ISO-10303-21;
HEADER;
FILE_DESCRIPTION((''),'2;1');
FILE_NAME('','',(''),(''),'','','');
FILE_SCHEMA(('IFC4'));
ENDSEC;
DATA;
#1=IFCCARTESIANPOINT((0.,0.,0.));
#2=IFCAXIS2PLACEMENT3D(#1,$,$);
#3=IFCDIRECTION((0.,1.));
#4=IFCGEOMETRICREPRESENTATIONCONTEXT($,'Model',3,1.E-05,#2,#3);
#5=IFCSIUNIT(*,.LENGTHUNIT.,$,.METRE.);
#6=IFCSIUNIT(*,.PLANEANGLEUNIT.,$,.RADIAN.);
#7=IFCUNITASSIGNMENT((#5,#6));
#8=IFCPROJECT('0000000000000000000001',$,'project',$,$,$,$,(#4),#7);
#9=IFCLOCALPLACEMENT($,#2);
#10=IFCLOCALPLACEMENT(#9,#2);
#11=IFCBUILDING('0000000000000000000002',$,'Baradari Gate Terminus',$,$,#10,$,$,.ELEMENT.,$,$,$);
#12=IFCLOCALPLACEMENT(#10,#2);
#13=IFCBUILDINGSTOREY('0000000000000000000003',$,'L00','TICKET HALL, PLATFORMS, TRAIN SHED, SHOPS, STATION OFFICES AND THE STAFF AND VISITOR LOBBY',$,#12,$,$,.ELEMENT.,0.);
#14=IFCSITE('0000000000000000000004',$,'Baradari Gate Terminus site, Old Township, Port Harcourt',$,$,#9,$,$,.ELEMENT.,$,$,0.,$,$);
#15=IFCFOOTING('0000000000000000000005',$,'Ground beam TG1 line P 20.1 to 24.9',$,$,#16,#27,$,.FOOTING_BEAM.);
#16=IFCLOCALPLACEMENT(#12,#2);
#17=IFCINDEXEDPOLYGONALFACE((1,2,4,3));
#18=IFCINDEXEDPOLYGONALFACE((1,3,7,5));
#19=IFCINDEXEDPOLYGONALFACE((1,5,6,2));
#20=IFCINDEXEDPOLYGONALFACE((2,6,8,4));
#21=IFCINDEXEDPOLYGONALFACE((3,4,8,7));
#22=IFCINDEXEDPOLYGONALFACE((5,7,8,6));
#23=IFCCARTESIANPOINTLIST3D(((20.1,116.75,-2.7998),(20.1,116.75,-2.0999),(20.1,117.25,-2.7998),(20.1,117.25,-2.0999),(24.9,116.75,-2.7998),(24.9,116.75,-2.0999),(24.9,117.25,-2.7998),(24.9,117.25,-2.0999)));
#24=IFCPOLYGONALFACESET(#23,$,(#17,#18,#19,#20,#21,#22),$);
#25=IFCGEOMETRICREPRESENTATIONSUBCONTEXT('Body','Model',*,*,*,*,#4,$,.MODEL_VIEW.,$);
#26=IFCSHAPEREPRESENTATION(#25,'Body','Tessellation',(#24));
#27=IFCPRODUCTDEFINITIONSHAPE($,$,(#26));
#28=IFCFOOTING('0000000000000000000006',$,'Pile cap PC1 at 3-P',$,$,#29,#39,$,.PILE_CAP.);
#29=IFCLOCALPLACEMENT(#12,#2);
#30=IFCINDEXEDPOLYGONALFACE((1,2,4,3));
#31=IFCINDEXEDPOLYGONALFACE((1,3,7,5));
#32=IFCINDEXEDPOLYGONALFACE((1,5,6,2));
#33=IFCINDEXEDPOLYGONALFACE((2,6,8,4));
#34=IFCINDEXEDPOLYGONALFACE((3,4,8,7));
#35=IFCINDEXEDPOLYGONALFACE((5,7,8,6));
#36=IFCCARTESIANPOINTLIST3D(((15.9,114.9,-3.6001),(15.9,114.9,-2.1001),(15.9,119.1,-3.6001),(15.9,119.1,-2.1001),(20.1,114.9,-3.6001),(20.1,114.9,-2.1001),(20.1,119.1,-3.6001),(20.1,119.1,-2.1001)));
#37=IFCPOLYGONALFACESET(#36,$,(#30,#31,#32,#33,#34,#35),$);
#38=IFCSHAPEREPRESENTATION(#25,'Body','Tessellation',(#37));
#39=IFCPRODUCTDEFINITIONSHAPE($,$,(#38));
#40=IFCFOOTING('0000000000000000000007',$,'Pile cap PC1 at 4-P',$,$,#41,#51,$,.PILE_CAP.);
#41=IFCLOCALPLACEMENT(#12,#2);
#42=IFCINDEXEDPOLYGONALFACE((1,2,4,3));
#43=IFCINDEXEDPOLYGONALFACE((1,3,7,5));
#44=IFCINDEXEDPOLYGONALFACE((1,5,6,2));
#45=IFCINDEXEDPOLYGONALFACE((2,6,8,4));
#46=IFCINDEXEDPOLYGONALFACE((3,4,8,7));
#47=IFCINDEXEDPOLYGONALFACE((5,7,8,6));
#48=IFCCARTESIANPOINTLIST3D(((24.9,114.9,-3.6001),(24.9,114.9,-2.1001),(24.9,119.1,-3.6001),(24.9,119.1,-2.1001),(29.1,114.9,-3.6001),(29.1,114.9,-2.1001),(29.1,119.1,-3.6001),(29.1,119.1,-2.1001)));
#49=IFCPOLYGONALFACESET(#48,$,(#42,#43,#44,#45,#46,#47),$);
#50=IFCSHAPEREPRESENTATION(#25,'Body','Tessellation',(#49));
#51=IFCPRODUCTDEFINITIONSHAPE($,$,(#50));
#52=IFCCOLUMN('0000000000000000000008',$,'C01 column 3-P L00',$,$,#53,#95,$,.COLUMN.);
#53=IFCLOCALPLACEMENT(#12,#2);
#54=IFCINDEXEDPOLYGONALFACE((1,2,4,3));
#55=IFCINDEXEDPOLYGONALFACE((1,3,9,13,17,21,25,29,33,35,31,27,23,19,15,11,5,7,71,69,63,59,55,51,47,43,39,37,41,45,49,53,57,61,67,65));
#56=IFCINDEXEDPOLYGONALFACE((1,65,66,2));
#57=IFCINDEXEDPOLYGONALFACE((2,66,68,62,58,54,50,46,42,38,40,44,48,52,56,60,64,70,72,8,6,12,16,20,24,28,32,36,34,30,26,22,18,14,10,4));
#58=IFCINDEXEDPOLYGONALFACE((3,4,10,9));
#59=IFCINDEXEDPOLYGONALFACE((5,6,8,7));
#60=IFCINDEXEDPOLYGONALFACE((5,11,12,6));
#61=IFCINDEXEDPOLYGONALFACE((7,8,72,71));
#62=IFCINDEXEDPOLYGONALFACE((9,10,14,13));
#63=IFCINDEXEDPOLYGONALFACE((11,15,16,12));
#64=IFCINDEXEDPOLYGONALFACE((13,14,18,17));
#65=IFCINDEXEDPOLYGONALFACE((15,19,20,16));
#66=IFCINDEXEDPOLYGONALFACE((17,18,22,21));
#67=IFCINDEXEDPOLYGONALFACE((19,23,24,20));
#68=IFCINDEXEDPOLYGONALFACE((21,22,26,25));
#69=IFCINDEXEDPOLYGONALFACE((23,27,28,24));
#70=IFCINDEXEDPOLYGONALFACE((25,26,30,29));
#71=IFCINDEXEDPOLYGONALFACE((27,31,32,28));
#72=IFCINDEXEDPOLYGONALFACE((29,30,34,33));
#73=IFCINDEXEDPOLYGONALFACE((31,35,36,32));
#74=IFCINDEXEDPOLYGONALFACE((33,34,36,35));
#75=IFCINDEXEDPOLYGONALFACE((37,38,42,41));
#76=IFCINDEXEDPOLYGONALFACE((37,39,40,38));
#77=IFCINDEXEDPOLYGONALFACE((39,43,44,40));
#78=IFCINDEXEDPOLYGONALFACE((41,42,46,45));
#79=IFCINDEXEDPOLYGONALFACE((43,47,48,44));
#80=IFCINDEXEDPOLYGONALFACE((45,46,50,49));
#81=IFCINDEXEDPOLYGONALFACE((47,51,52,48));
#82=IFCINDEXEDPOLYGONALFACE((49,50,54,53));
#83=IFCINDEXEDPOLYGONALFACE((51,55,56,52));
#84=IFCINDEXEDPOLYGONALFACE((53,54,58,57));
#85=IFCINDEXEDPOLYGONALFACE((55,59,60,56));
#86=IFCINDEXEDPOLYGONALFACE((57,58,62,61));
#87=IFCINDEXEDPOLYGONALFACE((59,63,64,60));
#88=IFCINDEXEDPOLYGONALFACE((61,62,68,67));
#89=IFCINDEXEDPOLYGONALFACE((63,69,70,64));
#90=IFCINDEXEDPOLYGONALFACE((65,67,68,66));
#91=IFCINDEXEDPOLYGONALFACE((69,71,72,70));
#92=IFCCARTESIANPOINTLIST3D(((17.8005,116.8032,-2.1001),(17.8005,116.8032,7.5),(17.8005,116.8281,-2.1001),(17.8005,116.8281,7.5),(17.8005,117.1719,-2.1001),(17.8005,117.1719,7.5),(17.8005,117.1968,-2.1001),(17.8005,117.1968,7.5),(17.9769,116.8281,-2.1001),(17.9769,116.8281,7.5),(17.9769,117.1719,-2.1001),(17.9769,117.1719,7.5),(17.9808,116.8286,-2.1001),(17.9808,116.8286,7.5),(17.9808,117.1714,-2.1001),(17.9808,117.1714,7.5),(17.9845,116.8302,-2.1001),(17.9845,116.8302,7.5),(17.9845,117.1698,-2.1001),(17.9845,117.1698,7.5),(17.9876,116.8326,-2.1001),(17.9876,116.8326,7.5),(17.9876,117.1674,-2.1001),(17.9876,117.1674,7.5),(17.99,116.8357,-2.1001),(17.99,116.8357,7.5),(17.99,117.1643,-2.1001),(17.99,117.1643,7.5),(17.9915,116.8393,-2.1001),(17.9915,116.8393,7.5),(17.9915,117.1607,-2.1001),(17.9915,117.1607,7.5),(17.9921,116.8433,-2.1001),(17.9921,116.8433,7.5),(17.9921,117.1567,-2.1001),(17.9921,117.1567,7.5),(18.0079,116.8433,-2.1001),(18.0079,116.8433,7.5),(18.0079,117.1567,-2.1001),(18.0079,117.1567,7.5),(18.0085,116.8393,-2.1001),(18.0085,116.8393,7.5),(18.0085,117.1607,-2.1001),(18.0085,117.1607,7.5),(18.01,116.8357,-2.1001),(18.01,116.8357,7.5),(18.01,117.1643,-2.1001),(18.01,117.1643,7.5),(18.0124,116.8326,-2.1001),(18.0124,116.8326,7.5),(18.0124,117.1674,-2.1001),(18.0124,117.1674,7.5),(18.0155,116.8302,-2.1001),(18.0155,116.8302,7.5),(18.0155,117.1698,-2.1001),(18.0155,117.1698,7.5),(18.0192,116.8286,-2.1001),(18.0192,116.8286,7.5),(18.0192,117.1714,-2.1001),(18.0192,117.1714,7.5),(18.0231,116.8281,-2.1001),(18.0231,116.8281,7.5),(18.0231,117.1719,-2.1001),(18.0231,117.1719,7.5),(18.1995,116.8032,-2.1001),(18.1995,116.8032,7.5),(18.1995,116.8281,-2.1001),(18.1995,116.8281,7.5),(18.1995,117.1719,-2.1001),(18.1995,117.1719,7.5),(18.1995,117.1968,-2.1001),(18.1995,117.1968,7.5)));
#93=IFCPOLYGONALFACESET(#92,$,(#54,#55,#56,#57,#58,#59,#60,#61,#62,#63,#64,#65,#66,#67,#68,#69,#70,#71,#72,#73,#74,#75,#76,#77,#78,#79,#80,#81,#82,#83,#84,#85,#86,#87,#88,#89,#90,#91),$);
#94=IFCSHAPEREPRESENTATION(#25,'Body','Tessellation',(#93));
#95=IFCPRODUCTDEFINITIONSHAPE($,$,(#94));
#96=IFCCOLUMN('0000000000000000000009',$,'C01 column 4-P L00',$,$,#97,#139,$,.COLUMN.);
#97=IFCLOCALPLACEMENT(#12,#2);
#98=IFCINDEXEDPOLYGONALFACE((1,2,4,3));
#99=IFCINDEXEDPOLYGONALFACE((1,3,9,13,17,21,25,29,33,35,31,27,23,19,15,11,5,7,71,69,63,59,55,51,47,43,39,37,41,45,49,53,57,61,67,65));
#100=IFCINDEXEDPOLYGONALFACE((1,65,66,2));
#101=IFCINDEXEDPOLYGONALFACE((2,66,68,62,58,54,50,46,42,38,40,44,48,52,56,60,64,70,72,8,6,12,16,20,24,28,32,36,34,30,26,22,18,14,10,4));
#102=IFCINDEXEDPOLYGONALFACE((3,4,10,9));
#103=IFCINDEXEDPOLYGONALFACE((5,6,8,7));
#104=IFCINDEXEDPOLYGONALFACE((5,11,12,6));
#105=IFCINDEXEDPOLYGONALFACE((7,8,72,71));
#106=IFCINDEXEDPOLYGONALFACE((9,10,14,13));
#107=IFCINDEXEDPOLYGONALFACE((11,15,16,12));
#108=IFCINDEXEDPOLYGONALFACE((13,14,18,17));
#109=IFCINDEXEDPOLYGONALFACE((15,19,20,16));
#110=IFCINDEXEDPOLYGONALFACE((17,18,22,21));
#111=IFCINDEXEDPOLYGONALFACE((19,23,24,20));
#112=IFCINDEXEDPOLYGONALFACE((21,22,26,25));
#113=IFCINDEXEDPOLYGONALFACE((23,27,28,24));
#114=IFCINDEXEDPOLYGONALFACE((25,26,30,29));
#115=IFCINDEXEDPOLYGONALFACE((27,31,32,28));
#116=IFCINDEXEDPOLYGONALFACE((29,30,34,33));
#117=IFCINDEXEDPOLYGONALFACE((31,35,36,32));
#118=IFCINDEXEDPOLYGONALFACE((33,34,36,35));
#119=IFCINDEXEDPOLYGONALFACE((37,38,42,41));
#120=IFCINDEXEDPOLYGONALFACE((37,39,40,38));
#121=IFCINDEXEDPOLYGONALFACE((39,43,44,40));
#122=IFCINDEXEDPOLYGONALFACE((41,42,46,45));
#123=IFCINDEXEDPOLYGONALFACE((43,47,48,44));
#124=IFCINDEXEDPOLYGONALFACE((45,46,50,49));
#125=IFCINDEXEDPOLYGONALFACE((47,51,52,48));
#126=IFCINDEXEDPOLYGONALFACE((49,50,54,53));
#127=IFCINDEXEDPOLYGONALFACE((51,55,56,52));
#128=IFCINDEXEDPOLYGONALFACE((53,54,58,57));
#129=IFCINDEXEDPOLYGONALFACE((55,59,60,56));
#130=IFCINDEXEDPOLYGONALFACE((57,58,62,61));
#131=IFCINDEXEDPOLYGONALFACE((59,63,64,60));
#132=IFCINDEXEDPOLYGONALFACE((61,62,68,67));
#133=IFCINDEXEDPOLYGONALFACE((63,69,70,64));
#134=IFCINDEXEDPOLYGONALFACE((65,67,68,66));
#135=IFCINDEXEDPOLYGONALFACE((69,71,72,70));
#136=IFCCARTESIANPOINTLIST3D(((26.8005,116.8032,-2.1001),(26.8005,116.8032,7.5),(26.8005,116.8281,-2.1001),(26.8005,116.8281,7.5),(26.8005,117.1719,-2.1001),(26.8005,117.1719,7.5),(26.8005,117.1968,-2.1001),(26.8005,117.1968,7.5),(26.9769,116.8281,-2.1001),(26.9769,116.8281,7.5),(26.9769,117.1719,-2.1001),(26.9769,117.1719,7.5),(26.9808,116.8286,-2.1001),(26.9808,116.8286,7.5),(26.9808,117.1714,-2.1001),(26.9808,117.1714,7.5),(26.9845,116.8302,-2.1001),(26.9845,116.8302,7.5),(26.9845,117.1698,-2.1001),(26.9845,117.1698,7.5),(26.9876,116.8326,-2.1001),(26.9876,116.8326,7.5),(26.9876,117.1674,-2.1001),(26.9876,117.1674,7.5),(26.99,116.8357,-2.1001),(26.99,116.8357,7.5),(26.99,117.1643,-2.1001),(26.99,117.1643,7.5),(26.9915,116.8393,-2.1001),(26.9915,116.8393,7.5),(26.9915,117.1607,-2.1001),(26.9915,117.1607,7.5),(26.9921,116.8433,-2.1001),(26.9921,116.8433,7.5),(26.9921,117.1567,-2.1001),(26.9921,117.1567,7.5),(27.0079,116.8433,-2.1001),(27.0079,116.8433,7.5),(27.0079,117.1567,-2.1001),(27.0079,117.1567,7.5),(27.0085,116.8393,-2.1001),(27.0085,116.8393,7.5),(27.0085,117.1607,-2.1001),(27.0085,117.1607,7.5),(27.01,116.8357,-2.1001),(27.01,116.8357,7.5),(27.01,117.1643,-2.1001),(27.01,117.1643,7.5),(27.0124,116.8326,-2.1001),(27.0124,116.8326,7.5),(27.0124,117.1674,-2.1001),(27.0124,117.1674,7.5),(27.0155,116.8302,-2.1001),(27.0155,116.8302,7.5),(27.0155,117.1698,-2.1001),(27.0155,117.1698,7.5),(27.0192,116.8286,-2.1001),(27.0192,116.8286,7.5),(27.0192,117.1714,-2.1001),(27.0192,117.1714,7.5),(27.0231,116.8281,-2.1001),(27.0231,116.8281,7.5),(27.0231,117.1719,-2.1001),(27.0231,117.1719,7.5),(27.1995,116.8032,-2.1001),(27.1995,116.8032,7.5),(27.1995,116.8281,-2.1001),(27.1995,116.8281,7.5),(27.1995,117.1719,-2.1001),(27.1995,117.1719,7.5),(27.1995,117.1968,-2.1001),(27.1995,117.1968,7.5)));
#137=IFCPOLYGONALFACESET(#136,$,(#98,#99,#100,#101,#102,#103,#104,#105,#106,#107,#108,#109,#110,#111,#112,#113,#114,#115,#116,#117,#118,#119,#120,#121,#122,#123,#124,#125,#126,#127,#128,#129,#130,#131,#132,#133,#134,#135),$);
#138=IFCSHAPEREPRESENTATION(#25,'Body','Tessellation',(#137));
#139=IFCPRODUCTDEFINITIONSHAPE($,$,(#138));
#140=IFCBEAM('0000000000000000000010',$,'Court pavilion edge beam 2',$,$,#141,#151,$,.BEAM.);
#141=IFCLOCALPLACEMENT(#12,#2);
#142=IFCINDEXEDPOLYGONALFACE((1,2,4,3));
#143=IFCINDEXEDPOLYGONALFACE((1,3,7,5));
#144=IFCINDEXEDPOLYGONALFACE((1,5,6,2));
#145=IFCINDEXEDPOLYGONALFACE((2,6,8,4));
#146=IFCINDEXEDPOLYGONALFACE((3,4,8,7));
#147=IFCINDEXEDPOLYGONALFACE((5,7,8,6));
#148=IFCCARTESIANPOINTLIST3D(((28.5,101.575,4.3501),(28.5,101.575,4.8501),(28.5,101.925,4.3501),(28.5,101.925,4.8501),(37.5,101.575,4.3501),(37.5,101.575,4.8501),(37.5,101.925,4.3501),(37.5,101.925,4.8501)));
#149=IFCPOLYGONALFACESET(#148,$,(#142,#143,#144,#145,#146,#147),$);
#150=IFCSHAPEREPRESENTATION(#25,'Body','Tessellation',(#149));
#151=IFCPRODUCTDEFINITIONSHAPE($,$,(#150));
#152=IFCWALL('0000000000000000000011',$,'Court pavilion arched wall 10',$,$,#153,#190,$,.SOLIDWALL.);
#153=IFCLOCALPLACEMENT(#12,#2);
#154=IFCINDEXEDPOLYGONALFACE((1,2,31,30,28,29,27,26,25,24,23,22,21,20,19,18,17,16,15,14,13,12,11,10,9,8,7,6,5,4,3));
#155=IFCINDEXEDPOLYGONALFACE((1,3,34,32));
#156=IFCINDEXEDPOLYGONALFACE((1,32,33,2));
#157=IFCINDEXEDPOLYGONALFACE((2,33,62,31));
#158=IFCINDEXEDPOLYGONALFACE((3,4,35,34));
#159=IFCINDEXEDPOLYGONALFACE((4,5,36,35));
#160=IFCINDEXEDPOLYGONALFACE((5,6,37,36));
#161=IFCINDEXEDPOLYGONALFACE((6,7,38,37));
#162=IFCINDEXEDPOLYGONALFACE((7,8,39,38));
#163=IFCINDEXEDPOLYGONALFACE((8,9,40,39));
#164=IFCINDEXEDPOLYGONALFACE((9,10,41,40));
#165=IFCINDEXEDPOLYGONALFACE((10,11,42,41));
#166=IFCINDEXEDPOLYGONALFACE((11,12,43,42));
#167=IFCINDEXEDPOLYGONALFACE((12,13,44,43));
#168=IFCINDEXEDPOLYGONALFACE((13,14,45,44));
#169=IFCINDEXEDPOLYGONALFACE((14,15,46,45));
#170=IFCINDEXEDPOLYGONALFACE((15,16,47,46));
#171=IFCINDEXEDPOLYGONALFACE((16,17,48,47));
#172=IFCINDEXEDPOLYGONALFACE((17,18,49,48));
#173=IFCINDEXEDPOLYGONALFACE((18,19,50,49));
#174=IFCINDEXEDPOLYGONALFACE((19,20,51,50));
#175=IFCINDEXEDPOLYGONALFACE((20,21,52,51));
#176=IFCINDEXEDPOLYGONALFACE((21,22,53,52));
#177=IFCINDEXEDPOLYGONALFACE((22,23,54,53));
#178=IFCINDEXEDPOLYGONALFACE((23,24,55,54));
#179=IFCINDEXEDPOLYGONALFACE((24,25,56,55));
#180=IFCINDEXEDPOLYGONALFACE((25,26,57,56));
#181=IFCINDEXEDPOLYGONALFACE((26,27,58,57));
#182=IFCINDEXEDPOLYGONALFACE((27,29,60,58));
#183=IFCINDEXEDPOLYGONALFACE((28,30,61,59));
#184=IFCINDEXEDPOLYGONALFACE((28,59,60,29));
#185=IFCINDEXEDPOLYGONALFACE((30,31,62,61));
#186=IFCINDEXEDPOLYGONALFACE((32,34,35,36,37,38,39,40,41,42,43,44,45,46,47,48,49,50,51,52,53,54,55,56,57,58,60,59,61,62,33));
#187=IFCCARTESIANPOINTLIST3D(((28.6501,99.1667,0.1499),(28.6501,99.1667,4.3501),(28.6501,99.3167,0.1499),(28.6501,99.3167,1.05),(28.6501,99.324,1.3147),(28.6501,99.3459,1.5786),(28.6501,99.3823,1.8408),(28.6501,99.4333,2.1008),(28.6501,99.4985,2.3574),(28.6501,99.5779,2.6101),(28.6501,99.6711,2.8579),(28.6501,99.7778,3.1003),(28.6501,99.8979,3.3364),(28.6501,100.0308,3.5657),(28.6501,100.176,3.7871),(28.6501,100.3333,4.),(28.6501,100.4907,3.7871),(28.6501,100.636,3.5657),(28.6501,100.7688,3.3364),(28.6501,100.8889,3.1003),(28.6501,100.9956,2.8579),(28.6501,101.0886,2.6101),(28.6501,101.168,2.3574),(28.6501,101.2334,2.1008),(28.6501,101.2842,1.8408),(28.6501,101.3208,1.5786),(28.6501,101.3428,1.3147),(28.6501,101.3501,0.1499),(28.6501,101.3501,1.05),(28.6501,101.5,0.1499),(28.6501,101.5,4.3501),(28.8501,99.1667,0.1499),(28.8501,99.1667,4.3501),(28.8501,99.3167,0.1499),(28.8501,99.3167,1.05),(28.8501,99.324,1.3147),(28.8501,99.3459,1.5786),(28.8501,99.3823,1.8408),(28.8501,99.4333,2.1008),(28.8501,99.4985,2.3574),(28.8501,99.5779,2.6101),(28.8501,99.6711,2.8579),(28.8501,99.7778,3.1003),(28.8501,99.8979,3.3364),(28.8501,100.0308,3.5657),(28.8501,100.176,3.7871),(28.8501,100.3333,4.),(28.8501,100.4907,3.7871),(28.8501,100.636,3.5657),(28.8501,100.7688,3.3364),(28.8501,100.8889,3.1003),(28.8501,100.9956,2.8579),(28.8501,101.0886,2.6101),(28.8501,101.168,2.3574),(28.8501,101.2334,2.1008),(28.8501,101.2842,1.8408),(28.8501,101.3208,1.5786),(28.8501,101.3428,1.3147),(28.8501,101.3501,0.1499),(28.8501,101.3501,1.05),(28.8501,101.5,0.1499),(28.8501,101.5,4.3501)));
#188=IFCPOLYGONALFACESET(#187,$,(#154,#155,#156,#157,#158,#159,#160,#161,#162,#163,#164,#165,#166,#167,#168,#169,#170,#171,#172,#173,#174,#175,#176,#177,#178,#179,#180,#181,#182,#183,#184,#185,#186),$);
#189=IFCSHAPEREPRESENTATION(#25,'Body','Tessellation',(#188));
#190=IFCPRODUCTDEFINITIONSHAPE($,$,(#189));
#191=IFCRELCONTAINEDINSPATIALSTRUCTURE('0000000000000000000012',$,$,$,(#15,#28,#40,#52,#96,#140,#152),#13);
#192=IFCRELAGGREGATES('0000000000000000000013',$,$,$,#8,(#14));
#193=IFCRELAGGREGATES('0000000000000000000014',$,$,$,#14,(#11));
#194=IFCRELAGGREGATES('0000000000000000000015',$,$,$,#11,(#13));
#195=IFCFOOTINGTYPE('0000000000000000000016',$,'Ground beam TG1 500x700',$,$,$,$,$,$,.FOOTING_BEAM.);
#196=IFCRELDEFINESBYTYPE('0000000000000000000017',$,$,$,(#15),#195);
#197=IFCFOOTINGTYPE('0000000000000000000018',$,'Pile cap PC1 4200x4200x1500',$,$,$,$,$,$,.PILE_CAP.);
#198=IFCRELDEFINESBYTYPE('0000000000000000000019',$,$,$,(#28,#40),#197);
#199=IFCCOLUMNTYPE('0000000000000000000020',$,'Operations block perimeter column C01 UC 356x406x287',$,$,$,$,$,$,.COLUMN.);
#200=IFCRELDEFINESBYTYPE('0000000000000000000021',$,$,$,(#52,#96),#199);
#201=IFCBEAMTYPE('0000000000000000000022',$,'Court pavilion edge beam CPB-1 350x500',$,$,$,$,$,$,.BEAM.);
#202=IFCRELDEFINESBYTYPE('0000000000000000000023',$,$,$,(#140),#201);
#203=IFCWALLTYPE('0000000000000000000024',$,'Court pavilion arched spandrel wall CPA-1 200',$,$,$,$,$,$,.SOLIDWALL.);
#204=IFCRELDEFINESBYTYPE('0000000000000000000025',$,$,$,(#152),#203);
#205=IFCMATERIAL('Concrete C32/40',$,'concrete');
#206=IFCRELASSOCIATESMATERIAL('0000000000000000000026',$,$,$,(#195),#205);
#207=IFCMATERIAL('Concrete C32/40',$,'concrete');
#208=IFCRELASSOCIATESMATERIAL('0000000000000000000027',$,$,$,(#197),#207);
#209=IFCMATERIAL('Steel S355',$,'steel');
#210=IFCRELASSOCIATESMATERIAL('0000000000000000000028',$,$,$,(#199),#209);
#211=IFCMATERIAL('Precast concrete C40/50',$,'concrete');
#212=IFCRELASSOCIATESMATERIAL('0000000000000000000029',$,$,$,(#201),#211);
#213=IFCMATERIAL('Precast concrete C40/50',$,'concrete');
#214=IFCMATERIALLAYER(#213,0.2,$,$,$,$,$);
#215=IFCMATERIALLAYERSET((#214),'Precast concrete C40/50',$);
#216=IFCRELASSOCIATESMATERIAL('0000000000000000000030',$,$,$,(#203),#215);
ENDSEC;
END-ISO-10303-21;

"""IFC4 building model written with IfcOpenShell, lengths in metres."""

from ifc_helpers import new_model, si_unit, direction, frame, origin, origin_2d, place, context, subcontext, project, spatial, polyline, rectangle, i_section, outline, extrude, material, layer, layer_set, material_profile, profile_set, type_object, element, save


model = new_model("IFC4")

# Units and contexts
model_context = context("Model", 3, precision=1e-05, world=origin(), true_north=direction((0.0, 1.0)))
body_context = subcontext(model_context, "Body", "Model", "MODEL_VIEW")
ifc_project = project(units=[si_unit("LENGTHUNIT", "METRE"), si_unit("PLANEANGLEUNIT", "RADIAN")], contexts=[model_context])

# Site, building, storey
site_placement = place(None, origin())
site = spatial("IfcSite", under=ifc_project, at=site_placement, Name="Baradari Gate Terminus site, Old Township, Port Harcourt", CompositionType="ELEMENT", RefElevation=0.0)
building_placement = place(site_placement, origin())
building = spatial("IfcBuilding", under=site, at=building_placement, Name="Baradari Gate Terminus", CompositionType="ELEMENT")
storey_placement = place(building_placement, origin())
storey = spatial("IfcBuildingStorey", under=building, at=storey_placement, Name="L00", Description="TICKET HALL, PLATFORMS, TRAIN SHED, SHOPS, STATION OFFICES AND THE STAFF AND VISITOR LOBBY", CompositionType="ELEMENT", Elevation=0.0)

# Footings
ifc_material_1 = material(Name="Concrete C32/40", Category="concrete")
footing_type_1 = type_object("IfcFootingType", Name="Ground beam TG1 500x700", PredefinedType="FOOTING_BEAM", material=ifc_material_1)
footing_placement = place(storey_placement, frame((22.5, 117.0, -2.7998), z_axis=(0.0, 0.0, 1.0), x_axis=(1.0, 0.0, 0.0)))
element("IfcFooting", 1, at=footing_placement, inside=storey, type_object=footing_type_1, Name="Ground beam TG1 line P 20.1 to 24.9", PredefinedType="FOOTING_BEAM", context=body_context, shape_type="SweptSolid", body=[
    extrude(rectangle(XDim=4.8, YDim=0.5, at=origin_2d()), origin(), (0.0, 0.0, 1.0), 0.7),
])
ifc_material_2 = material(Name="Concrete C32/40", Category="concrete")
footing_type_2 = type_object("IfcFootingType", Name="Pile cap PC1 4200x4200x1500", PredefinedType="PILE_CAP", material=ifc_material_2)
for number, where, z_axis, x_axis, name in (
    (2, (18.0, 117.0, -3.6001), (0.0, 0.0, 1.0), (1.0, 0.0, 0.0), "Pile cap PC1 at 3-P"),
    (3, (27.0, 117.0, -3.6001), (0.0, 0.0, 1.0), (1.0, 0.0, 0.0), "Pile cap PC1 at 4-P"),
):
    element("IfcFooting", number, at=place(storey_placement, frame(where, z_axis=z_axis, x_axis=x_axis)), inside=storey, type_object=footing_type_2, Name=name, PredefinedType="PILE_CAP", context=body_context, shape_type="SweptSolid", body=[
        extrude(rectangle(XDim=4.2, YDim=4.2, at=origin_2d()), origin(), (0.0, 0.0, 1.0), 1.5),
    ])

# Columns
ifc_material_3 = material(Name="Steel S355", Category="steel")
ifc_material_profile_1 = material_profile(ifc_material_3, i_section(OverallWidth=0.3989, OverallDepth=0.3936, WebThickness=0.0159, FlangeThickness=0.0249, FilletRadius=0.0151, at=origin_2d()), Name="UC 356x406x287")
ifc_profile_set_1 = profile_set([ifc_material_profile_1], Name="Steel S355")
column_type = type_object("IfcColumnType", Name="Operations block perimeter column C01 UC 356x406x287", PredefinedType="COLUMN", material=ifc_profile_set_1)
for number, where, z_axis, x_axis, name in (
    (4, (18.0, 117.0, -2.1001), (0.0, 0.0, 1.0), (1.0, 0.0, 0.0), "C01 column 3-P L00"),
    (5, (27.0, 117.0, -2.1001), (0.0, 0.0, 1.0), (1.0, 0.0, 0.0), "C01 column 4-P L00"),
):
    element("IfcColumn", number, at=place(storey_placement, frame(where, z_axis=z_axis, x_axis=x_axis)), inside=storey, type_object=column_type, Name=name, PredefinedType="COLUMN", context=body_context, shape_type="SweptSolid", body=[
        extrude(i_section(OverallWidth=0.3989, OverallDepth=0.3936, WebThickness=0.0159, FlangeThickness=0.0249, FilletRadius=0.0151, at=origin_2d()), origin(), (0.0, 0.0, 1.0), 9.6001),
    ])

# Beam
ifc_material_4 = material(Name="Precast concrete C40/50", Category="concrete")
ifc_material_profile_2 = material_profile(ifc_material_4, rectangle(XDim=0.3501, YDim=0.5, at=origin_2d()), Name="RC350X500")
ifc_profile_set_2 = profile_set([ifc_material_profile_2], Name="Precast concrete C40/50")
beam_type = type_object("IfcBeamType", Name="Court pavilion edge beam CPB-1 350x500", PredefinedType="BEAM", material=ifc_profile_set_2)
beam_placement = place(storey_placement, frame((28.5, 101.75, 4.6001), z_axis=(1.0, 0.0, 0.0), x_axis=(0.0, 1.0, 0.0)))
element("IfcBeam", 6, at=beam_placement, inside=storey, type_object=beam_type, Name="Court pavilion edge beam 2", PredefinedType="BEAM", context=body_context, shape_type="SweptSolid", body=[
    extrude(rectangle(XDim=0.3501, YDim=0.5, at=origin_2d()), origin(), (0.0, 0.0, 1.0), 9.0),
])

# Wall
ifc_material_5 = material(Name="Precast concrete C40/50", Category="concrete")
ifc_layer_1 = layer(ifc_material_5, 0.2)
ifc_layer_set_1 = layer_set([ifc_layer_1], Name="Precast concrete C40/50")
wall_type_1 = type_object("IfcWallType", Name="Court pavilion arched spandrel wall CPA-1 200", PredefinedType="SOLIDWALL", material=ifc_layer_set_1)
wall_1_placement = place(storey_placement, frame((28.75, 101.5, 0.1499), z_axis=(0.0, 0.0, 1.0), x_axis=(0.0, -1.0, 0.0)))
element("IfcWall", 7, at=wall_1_placement, inside=storey, type_object=wall_type_1, Name="Court pavilion arched wall 10", PredefinedType="SOLIDWALL", context=body_context, shape_type="SweptSolid", body=[
    extrude(outline(polyline([(0.1499, 0.0), (0.1499, 0.9001), (0.1572, 1.1648), (0.1792, 1.4287), (0.2158, 1.6909), (0.2666, 1.9509), (0.332, 2.2075), (0.4114, 2.4602), (0.5044, 2.708), (0.6111, 2.9504), (0.7312, 3.1865), (0.864, 3.4158), (1.0093, 3.6372), (1.1667, 3.8501), (1.324, 3.6372), (1.4692, 3.4158), (1.6021, 3.1865), (1.7222, 2.9504), (1.8289, 2.708), (1.9221, 2.4602), (2.0015, 2.2075), (2.0667, 1.9509), (2.1177, 1.6909), (2.1541, 1.4287), (2.176, 1.1648), (2.1833, 0.9001), (2.1833, 0.0), (2.3333, 0.0), (2.3333, 4.2002), (0.0, 4.2002), (0.0, 0.0), (0.1499, 0.0)])), frame((0.0, 0.1001, 0.0), z_axis=(0.0, -1.0, 0.0), x_axis=(1.0, 0.0, 0.0)), (0.0, 0.0, 1.0), 0.2),
])

save(model, "model.ifc")
